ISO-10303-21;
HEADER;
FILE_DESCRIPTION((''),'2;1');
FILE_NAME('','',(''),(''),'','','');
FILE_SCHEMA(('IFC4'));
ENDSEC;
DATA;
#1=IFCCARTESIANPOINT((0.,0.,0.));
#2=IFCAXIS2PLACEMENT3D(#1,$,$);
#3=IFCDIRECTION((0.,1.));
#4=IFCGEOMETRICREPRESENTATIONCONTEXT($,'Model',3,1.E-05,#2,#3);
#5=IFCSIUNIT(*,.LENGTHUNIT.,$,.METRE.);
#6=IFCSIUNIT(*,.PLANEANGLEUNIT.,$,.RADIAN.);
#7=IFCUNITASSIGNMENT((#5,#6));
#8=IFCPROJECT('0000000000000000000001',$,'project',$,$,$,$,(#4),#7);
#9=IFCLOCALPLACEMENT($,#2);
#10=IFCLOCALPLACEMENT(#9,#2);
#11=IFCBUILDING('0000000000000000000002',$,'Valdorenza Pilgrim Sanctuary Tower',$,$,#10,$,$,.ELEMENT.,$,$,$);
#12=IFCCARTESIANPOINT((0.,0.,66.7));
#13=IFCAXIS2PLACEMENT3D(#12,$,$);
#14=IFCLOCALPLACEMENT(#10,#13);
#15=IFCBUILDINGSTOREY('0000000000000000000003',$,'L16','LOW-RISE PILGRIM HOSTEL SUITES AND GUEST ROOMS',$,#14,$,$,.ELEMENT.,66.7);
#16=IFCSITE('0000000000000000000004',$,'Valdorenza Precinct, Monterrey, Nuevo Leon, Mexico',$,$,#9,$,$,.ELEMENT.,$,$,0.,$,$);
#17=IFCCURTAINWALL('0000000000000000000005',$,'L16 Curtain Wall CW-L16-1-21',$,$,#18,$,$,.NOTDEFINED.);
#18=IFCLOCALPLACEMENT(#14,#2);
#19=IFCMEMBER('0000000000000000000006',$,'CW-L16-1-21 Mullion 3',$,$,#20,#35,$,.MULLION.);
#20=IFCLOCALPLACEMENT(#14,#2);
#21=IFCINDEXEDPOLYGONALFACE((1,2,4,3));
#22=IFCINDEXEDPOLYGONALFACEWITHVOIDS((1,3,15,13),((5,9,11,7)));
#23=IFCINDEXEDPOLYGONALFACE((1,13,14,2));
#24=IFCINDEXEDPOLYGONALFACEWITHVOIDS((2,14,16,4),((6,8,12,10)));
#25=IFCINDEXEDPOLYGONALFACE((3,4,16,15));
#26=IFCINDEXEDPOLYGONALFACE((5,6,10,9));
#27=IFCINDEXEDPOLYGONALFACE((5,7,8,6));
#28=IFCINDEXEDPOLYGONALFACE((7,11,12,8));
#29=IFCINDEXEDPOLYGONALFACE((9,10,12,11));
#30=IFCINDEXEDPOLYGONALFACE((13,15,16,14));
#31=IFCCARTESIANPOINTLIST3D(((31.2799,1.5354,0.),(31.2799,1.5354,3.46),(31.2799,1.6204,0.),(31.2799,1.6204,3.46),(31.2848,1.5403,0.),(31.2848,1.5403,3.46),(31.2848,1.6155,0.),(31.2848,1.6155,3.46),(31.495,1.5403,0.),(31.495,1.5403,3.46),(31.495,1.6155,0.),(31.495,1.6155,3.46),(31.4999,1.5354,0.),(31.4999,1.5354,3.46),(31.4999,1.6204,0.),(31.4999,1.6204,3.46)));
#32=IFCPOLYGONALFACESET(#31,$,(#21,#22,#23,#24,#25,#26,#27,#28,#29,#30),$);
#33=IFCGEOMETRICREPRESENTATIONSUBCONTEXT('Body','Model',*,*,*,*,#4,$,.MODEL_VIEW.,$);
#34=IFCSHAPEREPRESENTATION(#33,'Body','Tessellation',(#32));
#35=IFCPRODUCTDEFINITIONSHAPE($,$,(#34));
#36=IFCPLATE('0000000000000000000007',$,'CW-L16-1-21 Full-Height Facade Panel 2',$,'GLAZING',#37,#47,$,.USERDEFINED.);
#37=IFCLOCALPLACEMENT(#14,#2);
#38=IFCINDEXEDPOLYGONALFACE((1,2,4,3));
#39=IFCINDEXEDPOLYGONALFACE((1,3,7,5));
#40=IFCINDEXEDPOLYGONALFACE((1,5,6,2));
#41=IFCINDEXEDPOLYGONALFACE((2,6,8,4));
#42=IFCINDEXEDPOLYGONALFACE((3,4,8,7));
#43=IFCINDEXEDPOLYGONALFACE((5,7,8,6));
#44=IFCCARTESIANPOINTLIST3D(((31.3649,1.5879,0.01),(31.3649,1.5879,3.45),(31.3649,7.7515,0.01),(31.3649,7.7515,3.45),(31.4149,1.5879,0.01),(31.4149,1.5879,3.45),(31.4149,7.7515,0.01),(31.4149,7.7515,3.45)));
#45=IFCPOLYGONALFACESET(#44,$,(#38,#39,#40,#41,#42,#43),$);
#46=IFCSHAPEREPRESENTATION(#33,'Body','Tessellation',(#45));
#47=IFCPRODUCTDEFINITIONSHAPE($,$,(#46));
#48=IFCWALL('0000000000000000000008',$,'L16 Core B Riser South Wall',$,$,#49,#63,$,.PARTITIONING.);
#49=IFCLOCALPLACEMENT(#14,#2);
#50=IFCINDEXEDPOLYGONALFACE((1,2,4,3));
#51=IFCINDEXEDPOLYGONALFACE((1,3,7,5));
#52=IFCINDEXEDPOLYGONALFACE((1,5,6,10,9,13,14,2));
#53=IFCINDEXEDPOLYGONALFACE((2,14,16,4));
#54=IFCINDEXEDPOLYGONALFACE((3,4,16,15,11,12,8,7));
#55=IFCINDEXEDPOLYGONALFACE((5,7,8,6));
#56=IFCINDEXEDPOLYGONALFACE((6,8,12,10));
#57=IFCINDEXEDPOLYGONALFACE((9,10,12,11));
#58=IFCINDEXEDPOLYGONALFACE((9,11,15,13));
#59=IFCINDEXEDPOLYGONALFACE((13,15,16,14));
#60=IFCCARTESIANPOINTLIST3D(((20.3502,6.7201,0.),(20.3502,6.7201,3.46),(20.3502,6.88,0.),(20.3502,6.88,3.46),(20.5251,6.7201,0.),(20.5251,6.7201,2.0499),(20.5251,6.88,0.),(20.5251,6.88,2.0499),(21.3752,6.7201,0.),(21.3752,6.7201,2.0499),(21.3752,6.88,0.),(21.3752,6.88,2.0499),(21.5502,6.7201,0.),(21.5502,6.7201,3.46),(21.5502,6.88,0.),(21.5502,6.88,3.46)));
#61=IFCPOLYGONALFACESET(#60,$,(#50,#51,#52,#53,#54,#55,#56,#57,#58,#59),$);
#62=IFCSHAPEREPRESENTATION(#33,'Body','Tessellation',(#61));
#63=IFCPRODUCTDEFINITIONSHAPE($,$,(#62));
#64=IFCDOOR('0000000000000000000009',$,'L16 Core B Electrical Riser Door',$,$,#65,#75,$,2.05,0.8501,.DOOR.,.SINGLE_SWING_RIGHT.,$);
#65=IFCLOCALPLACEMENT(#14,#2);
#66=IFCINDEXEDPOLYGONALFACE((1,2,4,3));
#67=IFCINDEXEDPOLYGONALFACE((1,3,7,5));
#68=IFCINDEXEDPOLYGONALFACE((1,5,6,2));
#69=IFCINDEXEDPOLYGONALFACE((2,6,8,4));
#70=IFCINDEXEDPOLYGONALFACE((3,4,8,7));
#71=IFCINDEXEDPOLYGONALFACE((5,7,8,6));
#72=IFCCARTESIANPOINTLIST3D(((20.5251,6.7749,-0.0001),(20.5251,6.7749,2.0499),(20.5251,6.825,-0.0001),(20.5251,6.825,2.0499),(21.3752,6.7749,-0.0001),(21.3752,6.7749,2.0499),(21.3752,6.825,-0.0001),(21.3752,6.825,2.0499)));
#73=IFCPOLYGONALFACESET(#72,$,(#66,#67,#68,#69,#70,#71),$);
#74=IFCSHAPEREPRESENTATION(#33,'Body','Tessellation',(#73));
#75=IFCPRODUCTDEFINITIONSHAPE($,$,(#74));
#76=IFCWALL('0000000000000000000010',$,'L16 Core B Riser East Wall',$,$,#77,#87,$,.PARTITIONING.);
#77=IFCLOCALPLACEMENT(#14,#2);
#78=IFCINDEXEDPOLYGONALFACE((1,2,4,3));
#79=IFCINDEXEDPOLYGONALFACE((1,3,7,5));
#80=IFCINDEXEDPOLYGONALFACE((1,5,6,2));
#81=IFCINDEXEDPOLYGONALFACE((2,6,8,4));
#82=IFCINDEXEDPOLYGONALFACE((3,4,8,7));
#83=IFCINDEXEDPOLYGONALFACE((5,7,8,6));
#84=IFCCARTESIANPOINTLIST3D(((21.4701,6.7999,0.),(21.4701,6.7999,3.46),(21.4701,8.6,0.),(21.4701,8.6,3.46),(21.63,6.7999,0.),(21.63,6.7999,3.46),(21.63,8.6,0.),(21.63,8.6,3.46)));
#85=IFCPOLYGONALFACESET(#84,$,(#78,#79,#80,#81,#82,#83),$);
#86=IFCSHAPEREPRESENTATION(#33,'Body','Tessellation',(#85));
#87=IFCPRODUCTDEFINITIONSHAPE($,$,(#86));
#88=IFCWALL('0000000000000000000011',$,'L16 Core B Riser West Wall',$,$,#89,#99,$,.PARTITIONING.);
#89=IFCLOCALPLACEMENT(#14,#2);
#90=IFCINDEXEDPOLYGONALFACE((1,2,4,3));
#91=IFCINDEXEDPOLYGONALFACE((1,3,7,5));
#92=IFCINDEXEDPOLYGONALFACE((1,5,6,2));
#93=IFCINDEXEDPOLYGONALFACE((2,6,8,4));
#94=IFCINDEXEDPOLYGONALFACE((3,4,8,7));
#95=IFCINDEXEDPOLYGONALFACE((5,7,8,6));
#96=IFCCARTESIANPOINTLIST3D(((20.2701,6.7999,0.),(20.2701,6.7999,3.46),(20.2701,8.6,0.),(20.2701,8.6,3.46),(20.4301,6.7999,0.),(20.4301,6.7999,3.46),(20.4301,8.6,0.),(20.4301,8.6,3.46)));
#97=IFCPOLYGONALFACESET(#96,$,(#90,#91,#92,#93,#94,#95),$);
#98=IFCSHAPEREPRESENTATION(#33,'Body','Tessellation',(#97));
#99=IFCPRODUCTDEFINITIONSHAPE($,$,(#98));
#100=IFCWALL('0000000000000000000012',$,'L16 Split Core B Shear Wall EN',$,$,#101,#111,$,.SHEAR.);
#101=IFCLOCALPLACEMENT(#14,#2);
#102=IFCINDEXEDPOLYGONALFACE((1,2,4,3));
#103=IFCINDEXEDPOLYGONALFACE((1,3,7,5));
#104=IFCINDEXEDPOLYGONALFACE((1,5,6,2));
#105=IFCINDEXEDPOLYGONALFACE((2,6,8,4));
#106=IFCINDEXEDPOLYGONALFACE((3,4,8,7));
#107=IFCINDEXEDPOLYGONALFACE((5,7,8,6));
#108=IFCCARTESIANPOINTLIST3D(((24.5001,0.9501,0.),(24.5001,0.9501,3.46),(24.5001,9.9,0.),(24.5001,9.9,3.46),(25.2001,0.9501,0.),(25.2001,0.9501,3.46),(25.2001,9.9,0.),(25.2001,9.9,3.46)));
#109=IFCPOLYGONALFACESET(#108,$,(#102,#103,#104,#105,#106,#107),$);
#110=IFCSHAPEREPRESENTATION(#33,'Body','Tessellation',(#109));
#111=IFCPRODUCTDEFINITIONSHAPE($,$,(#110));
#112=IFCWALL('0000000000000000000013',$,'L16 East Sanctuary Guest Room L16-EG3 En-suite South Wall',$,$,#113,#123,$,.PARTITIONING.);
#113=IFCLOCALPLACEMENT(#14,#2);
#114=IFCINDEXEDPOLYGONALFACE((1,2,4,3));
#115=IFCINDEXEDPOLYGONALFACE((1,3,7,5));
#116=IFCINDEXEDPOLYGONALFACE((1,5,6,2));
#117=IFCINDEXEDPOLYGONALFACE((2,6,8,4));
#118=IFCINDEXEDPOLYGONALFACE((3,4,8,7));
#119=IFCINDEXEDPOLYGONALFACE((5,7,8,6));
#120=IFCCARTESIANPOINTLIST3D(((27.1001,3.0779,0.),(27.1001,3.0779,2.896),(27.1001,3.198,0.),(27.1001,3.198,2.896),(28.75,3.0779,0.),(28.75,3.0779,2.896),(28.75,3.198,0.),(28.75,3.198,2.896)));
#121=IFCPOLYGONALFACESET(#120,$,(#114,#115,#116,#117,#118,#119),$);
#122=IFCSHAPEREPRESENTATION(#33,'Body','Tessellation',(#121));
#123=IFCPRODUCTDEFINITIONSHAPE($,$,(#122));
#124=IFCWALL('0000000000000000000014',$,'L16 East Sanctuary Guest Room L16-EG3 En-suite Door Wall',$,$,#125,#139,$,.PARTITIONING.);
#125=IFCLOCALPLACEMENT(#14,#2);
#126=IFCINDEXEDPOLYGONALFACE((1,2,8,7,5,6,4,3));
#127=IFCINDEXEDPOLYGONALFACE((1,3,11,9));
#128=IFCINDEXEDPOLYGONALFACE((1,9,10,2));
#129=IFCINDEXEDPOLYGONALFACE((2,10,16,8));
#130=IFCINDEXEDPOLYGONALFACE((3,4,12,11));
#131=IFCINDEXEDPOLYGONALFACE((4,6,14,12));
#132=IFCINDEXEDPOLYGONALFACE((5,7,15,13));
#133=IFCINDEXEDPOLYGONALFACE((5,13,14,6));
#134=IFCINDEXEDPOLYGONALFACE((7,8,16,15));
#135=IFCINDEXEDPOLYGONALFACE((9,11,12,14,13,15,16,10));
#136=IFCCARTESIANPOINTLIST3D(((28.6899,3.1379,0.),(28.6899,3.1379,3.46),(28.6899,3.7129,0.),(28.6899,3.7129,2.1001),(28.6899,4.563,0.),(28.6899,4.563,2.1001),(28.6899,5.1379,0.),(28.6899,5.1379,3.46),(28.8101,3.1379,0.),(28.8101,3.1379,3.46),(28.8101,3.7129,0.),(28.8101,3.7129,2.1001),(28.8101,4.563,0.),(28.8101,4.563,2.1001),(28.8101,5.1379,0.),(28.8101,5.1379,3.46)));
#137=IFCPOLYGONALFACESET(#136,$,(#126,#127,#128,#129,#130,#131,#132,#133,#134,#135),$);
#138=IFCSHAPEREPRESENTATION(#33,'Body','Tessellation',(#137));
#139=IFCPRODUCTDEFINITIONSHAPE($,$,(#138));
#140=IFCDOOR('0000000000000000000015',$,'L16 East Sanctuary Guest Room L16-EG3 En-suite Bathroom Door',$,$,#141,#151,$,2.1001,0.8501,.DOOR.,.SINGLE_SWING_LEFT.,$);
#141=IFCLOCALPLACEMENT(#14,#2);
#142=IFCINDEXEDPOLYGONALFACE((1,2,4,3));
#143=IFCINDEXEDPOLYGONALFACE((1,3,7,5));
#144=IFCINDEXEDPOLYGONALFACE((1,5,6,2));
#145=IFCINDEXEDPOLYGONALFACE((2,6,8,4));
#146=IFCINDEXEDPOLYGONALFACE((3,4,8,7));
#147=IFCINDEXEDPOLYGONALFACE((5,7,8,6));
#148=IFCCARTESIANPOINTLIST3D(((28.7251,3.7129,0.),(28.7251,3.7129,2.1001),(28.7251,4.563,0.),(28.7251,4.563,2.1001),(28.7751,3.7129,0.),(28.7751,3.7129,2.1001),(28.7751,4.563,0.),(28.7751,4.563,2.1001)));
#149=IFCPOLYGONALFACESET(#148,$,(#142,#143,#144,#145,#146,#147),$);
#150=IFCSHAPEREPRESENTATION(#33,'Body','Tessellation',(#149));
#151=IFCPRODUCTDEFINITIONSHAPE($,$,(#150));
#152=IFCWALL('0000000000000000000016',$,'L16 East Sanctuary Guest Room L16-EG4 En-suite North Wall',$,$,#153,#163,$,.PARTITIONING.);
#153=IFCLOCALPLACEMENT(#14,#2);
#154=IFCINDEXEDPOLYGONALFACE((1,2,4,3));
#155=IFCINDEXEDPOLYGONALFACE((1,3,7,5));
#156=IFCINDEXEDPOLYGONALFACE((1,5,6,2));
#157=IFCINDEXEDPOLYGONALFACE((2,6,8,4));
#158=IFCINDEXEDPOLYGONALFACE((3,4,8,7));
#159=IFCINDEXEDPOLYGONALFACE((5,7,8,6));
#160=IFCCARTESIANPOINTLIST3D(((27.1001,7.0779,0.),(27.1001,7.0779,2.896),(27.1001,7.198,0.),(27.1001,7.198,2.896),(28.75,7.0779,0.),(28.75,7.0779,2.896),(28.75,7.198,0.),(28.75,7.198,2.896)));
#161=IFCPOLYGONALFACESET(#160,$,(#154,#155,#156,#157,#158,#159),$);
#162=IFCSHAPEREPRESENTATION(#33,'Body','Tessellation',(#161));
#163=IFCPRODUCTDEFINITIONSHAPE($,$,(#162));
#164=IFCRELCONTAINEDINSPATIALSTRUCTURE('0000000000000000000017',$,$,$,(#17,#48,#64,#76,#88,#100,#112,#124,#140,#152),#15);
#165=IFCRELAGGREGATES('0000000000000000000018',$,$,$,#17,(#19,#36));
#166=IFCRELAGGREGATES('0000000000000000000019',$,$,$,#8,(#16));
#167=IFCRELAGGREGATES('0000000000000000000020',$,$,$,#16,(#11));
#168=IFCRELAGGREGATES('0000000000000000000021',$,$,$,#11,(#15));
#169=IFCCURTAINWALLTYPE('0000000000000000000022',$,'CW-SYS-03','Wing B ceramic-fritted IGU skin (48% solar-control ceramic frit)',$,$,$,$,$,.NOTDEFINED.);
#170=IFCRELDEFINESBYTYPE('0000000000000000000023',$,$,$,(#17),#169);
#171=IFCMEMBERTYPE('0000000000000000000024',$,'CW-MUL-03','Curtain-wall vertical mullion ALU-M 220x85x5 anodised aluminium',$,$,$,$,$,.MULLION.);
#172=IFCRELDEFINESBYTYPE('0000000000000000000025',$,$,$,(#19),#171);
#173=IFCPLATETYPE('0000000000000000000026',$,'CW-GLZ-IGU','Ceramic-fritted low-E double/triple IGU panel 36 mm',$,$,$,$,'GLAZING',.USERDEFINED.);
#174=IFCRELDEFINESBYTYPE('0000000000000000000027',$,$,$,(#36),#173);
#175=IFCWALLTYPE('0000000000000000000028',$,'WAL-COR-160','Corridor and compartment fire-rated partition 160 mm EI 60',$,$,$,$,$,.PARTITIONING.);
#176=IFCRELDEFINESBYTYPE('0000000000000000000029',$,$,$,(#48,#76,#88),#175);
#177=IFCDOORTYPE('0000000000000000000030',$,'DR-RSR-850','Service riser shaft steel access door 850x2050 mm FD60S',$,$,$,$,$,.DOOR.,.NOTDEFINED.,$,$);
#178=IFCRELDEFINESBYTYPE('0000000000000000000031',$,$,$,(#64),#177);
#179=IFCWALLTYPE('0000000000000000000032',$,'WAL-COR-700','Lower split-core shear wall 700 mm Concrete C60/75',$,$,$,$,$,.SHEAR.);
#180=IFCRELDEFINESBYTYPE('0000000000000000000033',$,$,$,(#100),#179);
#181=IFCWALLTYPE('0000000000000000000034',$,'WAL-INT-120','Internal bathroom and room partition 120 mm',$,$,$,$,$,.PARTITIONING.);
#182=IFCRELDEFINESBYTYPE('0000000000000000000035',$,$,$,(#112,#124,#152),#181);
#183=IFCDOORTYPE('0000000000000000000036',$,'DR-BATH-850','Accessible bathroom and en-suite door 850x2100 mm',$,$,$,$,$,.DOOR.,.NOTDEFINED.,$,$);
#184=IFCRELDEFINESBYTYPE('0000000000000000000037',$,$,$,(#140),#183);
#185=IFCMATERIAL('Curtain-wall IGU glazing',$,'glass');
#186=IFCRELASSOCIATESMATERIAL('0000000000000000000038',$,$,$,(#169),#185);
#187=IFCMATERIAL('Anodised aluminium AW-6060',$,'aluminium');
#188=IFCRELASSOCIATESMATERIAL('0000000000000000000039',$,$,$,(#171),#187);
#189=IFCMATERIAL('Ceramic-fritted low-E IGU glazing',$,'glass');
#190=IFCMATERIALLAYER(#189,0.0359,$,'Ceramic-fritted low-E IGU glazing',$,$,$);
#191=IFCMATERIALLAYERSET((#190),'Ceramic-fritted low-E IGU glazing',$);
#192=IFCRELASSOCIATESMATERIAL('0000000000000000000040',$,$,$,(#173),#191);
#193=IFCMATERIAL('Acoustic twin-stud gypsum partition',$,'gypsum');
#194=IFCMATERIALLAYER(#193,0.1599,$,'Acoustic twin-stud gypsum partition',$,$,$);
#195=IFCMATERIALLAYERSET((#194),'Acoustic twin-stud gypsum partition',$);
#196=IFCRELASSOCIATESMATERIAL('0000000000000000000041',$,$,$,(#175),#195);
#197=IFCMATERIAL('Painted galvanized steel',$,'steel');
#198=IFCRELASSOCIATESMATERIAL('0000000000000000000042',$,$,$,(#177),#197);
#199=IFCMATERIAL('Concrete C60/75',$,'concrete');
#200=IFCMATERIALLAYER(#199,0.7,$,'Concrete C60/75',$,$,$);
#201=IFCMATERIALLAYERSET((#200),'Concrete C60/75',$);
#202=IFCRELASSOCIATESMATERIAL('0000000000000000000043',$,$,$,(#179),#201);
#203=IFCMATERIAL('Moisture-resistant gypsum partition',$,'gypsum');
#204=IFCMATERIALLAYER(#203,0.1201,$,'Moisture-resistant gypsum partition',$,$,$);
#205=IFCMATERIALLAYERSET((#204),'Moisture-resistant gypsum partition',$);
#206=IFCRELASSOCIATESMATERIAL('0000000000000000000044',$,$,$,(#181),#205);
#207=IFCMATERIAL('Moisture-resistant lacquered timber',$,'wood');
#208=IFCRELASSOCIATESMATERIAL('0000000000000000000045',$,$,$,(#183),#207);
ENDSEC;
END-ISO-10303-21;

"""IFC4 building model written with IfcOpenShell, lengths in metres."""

from ifc_helpers import new_model, si_unit, direction, frame, frame_2d, origin, origin_2d, place, context, subcontext, project, spatial, rectangle, hollow_rectangle, extrude, source, transform, mapped, material, layer, layer_set, material_profile, profile_set, type_object, element, fill, aggregate, save


model = new_model("IFC4")

# Units and contexts
model_context = context("Model", 3, precision=1e-05, world=origin(), true_north=direction((0.0, 1.0)))
body_context = subcontext(model_context, "Body", "Model", "MODEL_VIEW")
ifc_project = project(units=[si_unit("LENGTHUNIT", "METRE"), si_unit("PLANEANGLEUNIT", "RADIAN")], contexts=[model_context])

# Site, building, storey
site_placement = place(None, origin())
site = spatial("IfcSite", under=ifc_project, at=site_placement, Name="Valdorenza Precinct, Monterrey, Nuevo Leon, Mexico", CompositionType="ELEMENT", RefElevation=0.0)
building_placement = place(site_placement, origin())
building = spatial("IfcBuilding", under=site, at=building_placement, Name="Valdorenza Pilgrim Sanctuary Tower", CompositionType="ELEMENT")
storey_placement = place(building_placement, frame((0.0, 0.0, 66.7)))
storey = spatial("IfcBuildingStorey", under=building, at=storey_placement, Name="L16", Description="LOW-RISE PILGRIM HOSTEL SUITES AND GUEST ROOMS", CompositionType="ELEMENT", Elevation=66.7)

# Curtain wall, member, plate
ifc_material_1 = material(Name="Curtain-wall IGU glazing", Category="glass")
curtain_wall_type = type_object("IfcCurtainWallType", Name="CW-SYS-03", Description="Wing B ceramic-fritted IGU skin (48% solar-control ceramic frit)", PredefinedType="NOTDEFINED", material=ifc_material_1)
curtain_wall_placement = place(storey_placement, origin())
curtain_wall = element("IfcCurtainWall", 1, at=curtain_wall_placement, inside=storey, type_object=curtain_wall_type, Name="L16 Curtain Wall CW-L16-1-21", PredefinedType="NOTDEFINED")
ifc_material_2 = material(Name="Anodised aluminium AW-6060", Category="aluminium")
ifc_material_profile_1 = material_profile(ifc_material_2, hollow_rectangle(XDim=0.085, YDim=0.22, WallThickness=0.0049, at=origin_2d()), Name="ALU-M 220x85x5")
ifc_profile_set_1 = profile_set([ifc_material_profile_1], Name="Anodised aluminium AW-6060")
member_type = type_object("IfcMemberType", Name="CW-MUL-03", Description="Curtain-wall vertical mullion ALU-M 220x85x5 anodised aluminium", PredefinedType="MULLION", material=ifc_profile_set_1)
shared_shape_1 = source(origin(), body_context, "Body", "SweptSolid", [
    extrude(hollow_rectangle(XDim=0.085, YDim=0.22, WallThickness=0.0049, at=origin_2d()), origin(), (0.0, 0.0, 1.0), 3.46),
])
member_1_placement = place(storey_placement, frame((31.3899, 1.5779, 0.0), z_axis=(0.0, 0.0, 1.0), x_axis=(0.0, -1.0, 0.0)))
member_1 = element("IfcMember", 2, at=member_1_placement, type_object=member_type, Name="CW-L16-1-21 Mullion 3", PredefinedType="MULLION", context=body_context, shape_type="MappedRepresentation", body=[
    mapped(shared_shape_1, transform((0.0, 0.0, 0.0), x_axis=(1.0, 0.0, 0.0), y_axis=(0.0, 1.0, 0.0), z_axis=(0.0, 0.0, 1.0), scale=1.0)),
])
ifc_material_3 = material(Name="Ceramic-fritted low-E IGU glazing", Category="glass")
ifc_layer_1 = layer(ifc_material_3, 0.0359, Name="Ceramic-fritted low-E IGU glazing")
ifc_layer_set_1 = layer_set([ifc_layer_1], Name="Ceramic-fritted low-E IGU glazing")
plate_type = type_object("IfcPlateType", Name="CW-GLZ-IGU", Description="Ceramic-fritted low-E double/triple IGU panel 36 mm", ElementType="GLAZING", PredefinedType="USERDEFINED", material=ifc_layer_set_1)
shared_shape_2 = source(origin(), body_context, "Body", "SweptSolid", [
    extrude(rectangle(XDim=6.1636, YDim=0.05, at=origin_2d()), origin(), (0.0, 0.0, 1.0), 3.4399),
])
plate_placement = place(storey_placement, frame((31.3899, 4.6697, 0.01), z_axis=(0.0, 0.0, 1.0), x_axis=(0.0, -1.0, 0.0)))
plate = element("IfcPlate", 3, at=plate_placement, type_object=plate_type, Name="CW-L16-1-21 Full-Height Facade Panel 2", ObjectType="GLAZING", PredefinedType="USERDEFINED", context=body_context, shape_type="MappedRepresentation", body=[
    mapped(shared_shape_2, transform((0.0, 0.0, 0.0), x_axis=(1.0, 0.0, 0.0), y_axis=(0.0, 1.0, 0.0), z_axis=(0.0, 0.0, 1.0), scale=1.0)),
])
aggregate(curtain_wall, [member_1, plate])

# Wall, opening, door
ifc_material_4 = material(Name="Acoustic twin-stud gypsum partition", Category="gypsum")
ifc_layer_2 = layer(ifc_material_4, 0.1599, Name="Acoustic twin-stud gypsum partition")
ifc_layer_set_2 = layer_set([ifc_layer_2], Name="Acoustic twin-stud gypsum partition")
wall_type_1 = type_object("IfcWallType", Name="WAL-COR-160", Description="Corridor and compartment fire-rated partition 160 mm EI 60", PredefinedType="PARTITIONING", material=ifc_layer_set_2)
wall_1_placement = place(storey_placement, frame((20.3501, 6.8, 0.0), z_axis=(0.0, 0.0, 1.0), x_axis=(1.0, 0.0, 0.0)))
wall_1 = element("IfcWall", 4, at=wall_1_placement, inside=storey, type_object=wall_type_1, Name="L16 Core B Riser South Wall", PredefinedType="PARTITIONING", context=body_context, shape_type="SweptSolid", body=[
    extrude(rectangle(XDim=1.2, YDim=0.1599, at=frame_2d((0.6001, 0.0))), origin(), (0.0, 0.0, 1.0), 3.46),
])
opening_1_placement = place(wall_1_placement, frame((0.175, 0.0, 0.0)))
opening_1 = element("IfcOpeningElement", 5, at=opening_1_placement, cuts=wall_1, PredefinedType="OPENING", context=body_context, shape_type="SweptSolid", body=[
    extrude(rectangle(XDim=0.8501, YDim=2.05, at=frame_2d((0.425, 1.0249))), frame((0.0, 0.0947, 0.0), z_axis=(0.0, -1.0, 0.0), x_axis=(1.0, 0.0, 0.0)), (0.0, 0.0, 1.0), 0.1897),
])
ifc_material_5 = material(Name="Painted galvanized steel", Category="steel")
door_type_1 = type_object("IfcDoorType", Name="DR-RSR-850", Description="Service riser shaft steel access door 850x2050 mm FD60S", OperationType="NOTDEFINED", PredefinedType="DOOR", material=ifc_material_5)
door_1_placement = place(opening_1_placement, origin())
door_1 = element("IfcDoor", 6, at=door_1_placement, inside=storey, type_object=door_type_1, Name="L16 Core B Electrical Riser Door", OperationType="SINGLE_SWING_RIGHT", OverallHeight=2.05, OverallWidth=0.8501, PredefinedType="DOOR", context=body_context, shape_type="SweptSolid", body=[
    extrude(rectangle(XDim=0.8501, YDim=2.05, at=frame_2d((0.425, 1.0249))), frame((0.0, 0.0249, 0.0), z_axis=(0.0, -1.0, 0.0), x_axis=(1.0, 0.0, 0.0)), (0.0, 0.0, 1.0), 0.05),
])
fill(opening_1, door_1)

# Walls
for number, where, z_axis, x_axis, name in (
    (7, (21.55, 6.8, 0.0), (0.0, 0.0, 1.0), (0.0, 1.0, 0.0), "L16 Core B Riser East Wall"),
    (8, (20.3501, 6.8, 0.0), (0.0, 0.0, 1.0), (0.0, 1.0, 0.0), "L16 Core B Riser West Wall"),
):
    element("IfcWall", number, at=place(storey_placement, frame(where, z_axis=z_axis, x_axis=x_axis)), inside=storey, type_object=wall_type_1, Name=name, PredefinedType="PARTITIONING", context=body_context, shape_type="SweptSolid", body=[
        extrude(rectangle(XDim=1.8, YDim=0.1599, at=frame_2d((0.8999, 0.0))), origin(), (0.0, 0.0, 1.0), 3.46),
    ])
ifc_material_6 = material(Name="Concrete C60/75", Category="concrete")
ifc_layer_3 = layer(ifc_material_6, 0.7, Name="Concrete C60/75")
ifc_layer_set_3 = layer_set([ifc_layer_3], Name="Concrete C60/75")
wall_type_2 = type_object("IfcWallType", Name="WAL-COR-700", Description="Lower split-core shear wall 700 mm Concrete C60/75", PredefinedType="SHEAR", material=ifc_layer_set_3)
wall_2_placement = place(storey_placement, frame((24.8501, 0.95, 0.0), z_axis=(0.0, 0.0, 1.0), x_axis=(0.0, 1.0, 0.0)))
element("IfcWall", 9, at=wall_2_placement, inside=storey, type_object=wall_type_2, Name="L16 Split Core B Shear Wall EN", PredefinedType="SHEAR", context=body_context, shape_type="SweptSolid", body=[
    extrude(rectangle(XDim=8.95, YDim=0.7, at=frame_2d((4.4751, 0.0))), origin(), (0.0, 0.0, 1.0), 3.46),
])

# Wall
ifc_material_7 = material(Name="Moisture-resistant gypsum partition", Category="gypsum")
ifc_layer_4 = layer(ifc_material_7, 0.1201, Name="Moisture-resistant gypsum partition")
ifc_layer_set_4 = layer_set([ifc_layer_4], Name="Moisture-resistant gypsum partition")
wall_type_3 = type_object("IfcWallType", Name="WAL-INT-120", Description="Internal bathroom and room partition 120 mm", PredefinedType="PARTITIONING", material=ifc_layer_set_4)
wall_3_placement = place(storey_placement, frame((27.1001, 3.1379, 0.0), z_axis=(0.0, 0.0, 1.0), x_axis=(1.0, 0.0, 0.0)))
element("IfcWall", 10, at=wall_3_placement, inside=storey, type_object=wall_type_3, Name="L16 East Sanctuary Guest Room L16-EG3 En-suite South Wall", PredefinedType="PARTITIONING", context=body_context, shape_type="SweptSolid", body=[
    extrude(rectangle(XDim=1.6499, YDim=0.1201, at=frame_2d((0.825, 0.0))), origin(), (0.0, 0.0, 1.0), 2.896),
])

# Wall, opening, door
wall_4_placement = place(storey_placement, frame((28.75, 3.1379, 0.0), z_axis=(0.0, 0.0, 1.0), x_axis=(0.0, 1.0, 0.0)))
wall_4 = element("IfcWall", 11, at=wall_4_placement, inside=storey, type_object=wall_type_3, Name="L16 East Sanctuary Guest Room L16-EG3 En-suite Door Wall", PredefinedType="PARTITIONING", context=body_context, shape_type="SweptSolid", body=[
    extrude(rectangle(XDim=2.0, YDim=0.1201, at=frame_2d((1.0, 0.0))), origin(), (0.0, 0.0, 1.0), 3.46),
])
opening_2_placement = place(wall_4_placement, frame((0.575, 0.0, 0.0)))
opening_2 = element("IfcOpeningElement", 12, at=opening_2_placement, cuts=wall_4, PredefinedType="OPENING", context=body_context, shape_type="SweptSolid", body=[
    extrude(rectangle(XDim=0.8501, YDim=2.1001, at=frame_2d((0.425, 1.05))), frame((0.0, 0.075, 0.0), z_axis=(0.0, -1.0, 0.0), x_axis=(1.0, 0.0, 0.0)), (0.0, 0.0, 1.0), 0.1499),
])
ifc_material_8 = material(Name="Moisture-resistant lacquered timber", Category="wood")
door_type_2 = type_object("IfcDoorType", Name="DR-BATH-850", Description="Accessible bathroom and en-suite door 850x2100 mm", OperationType="NOTDEFINED", PredefinedType="DOOR", material=ifc_material_8)
door_2_placement = place(opening_2_placement, origin())
door_2 = element("IfcDoor", 13, at=door_2_placement, inside=storey, type_object=door_type_2, Name="L16 East Sanctuary Guest Room L16-EG3 En-suite Bathroom Door", OperationType="SINGLE_SWING_LEFT", OverallHeight=2.1001, OverallWidth=0.8501, PredefinedType="DOOR", context=body_context, shape_type="SweptSolid", body=[
    extrude(rectangle(XDim=0.8501, YDim=2.1001, at=frame_2d((0.425, 1.05))), frame((0.0, 0.0249, 0.0), z_axis=(0.0, -1.0, 0.0), x_axis=(1.0, 0.0, 0.0)), (0.0, 0.0, 1.0), 0.05),
])
fill(opening_2, door_2)

# Wall
wall_5_placement = place(storey_placement, frame((27.1001, 7.1379, 0.0), z_axis=(0.0, 0.0, 1.0), x_axis=(1.0, 0.0, 0.0)))
element("IfcWall", 14, at=wall_5_placement, inside=storey, type_object=wall_type_3, Name="L16 East Sanctuary Guest Room L16-EG4 En-suite North Wall", PredefinedType="PARTITIONING", context=body_context, shape_type="SweptSolid", body=[
    extrude(rectangle(XDim=1.6499, YDim=0.1201, at=frame_2d((0.825, 0.0))), origin(), (0.0, 0.0, 1.0), 2.896),
])

save(model, "model.ifc")
